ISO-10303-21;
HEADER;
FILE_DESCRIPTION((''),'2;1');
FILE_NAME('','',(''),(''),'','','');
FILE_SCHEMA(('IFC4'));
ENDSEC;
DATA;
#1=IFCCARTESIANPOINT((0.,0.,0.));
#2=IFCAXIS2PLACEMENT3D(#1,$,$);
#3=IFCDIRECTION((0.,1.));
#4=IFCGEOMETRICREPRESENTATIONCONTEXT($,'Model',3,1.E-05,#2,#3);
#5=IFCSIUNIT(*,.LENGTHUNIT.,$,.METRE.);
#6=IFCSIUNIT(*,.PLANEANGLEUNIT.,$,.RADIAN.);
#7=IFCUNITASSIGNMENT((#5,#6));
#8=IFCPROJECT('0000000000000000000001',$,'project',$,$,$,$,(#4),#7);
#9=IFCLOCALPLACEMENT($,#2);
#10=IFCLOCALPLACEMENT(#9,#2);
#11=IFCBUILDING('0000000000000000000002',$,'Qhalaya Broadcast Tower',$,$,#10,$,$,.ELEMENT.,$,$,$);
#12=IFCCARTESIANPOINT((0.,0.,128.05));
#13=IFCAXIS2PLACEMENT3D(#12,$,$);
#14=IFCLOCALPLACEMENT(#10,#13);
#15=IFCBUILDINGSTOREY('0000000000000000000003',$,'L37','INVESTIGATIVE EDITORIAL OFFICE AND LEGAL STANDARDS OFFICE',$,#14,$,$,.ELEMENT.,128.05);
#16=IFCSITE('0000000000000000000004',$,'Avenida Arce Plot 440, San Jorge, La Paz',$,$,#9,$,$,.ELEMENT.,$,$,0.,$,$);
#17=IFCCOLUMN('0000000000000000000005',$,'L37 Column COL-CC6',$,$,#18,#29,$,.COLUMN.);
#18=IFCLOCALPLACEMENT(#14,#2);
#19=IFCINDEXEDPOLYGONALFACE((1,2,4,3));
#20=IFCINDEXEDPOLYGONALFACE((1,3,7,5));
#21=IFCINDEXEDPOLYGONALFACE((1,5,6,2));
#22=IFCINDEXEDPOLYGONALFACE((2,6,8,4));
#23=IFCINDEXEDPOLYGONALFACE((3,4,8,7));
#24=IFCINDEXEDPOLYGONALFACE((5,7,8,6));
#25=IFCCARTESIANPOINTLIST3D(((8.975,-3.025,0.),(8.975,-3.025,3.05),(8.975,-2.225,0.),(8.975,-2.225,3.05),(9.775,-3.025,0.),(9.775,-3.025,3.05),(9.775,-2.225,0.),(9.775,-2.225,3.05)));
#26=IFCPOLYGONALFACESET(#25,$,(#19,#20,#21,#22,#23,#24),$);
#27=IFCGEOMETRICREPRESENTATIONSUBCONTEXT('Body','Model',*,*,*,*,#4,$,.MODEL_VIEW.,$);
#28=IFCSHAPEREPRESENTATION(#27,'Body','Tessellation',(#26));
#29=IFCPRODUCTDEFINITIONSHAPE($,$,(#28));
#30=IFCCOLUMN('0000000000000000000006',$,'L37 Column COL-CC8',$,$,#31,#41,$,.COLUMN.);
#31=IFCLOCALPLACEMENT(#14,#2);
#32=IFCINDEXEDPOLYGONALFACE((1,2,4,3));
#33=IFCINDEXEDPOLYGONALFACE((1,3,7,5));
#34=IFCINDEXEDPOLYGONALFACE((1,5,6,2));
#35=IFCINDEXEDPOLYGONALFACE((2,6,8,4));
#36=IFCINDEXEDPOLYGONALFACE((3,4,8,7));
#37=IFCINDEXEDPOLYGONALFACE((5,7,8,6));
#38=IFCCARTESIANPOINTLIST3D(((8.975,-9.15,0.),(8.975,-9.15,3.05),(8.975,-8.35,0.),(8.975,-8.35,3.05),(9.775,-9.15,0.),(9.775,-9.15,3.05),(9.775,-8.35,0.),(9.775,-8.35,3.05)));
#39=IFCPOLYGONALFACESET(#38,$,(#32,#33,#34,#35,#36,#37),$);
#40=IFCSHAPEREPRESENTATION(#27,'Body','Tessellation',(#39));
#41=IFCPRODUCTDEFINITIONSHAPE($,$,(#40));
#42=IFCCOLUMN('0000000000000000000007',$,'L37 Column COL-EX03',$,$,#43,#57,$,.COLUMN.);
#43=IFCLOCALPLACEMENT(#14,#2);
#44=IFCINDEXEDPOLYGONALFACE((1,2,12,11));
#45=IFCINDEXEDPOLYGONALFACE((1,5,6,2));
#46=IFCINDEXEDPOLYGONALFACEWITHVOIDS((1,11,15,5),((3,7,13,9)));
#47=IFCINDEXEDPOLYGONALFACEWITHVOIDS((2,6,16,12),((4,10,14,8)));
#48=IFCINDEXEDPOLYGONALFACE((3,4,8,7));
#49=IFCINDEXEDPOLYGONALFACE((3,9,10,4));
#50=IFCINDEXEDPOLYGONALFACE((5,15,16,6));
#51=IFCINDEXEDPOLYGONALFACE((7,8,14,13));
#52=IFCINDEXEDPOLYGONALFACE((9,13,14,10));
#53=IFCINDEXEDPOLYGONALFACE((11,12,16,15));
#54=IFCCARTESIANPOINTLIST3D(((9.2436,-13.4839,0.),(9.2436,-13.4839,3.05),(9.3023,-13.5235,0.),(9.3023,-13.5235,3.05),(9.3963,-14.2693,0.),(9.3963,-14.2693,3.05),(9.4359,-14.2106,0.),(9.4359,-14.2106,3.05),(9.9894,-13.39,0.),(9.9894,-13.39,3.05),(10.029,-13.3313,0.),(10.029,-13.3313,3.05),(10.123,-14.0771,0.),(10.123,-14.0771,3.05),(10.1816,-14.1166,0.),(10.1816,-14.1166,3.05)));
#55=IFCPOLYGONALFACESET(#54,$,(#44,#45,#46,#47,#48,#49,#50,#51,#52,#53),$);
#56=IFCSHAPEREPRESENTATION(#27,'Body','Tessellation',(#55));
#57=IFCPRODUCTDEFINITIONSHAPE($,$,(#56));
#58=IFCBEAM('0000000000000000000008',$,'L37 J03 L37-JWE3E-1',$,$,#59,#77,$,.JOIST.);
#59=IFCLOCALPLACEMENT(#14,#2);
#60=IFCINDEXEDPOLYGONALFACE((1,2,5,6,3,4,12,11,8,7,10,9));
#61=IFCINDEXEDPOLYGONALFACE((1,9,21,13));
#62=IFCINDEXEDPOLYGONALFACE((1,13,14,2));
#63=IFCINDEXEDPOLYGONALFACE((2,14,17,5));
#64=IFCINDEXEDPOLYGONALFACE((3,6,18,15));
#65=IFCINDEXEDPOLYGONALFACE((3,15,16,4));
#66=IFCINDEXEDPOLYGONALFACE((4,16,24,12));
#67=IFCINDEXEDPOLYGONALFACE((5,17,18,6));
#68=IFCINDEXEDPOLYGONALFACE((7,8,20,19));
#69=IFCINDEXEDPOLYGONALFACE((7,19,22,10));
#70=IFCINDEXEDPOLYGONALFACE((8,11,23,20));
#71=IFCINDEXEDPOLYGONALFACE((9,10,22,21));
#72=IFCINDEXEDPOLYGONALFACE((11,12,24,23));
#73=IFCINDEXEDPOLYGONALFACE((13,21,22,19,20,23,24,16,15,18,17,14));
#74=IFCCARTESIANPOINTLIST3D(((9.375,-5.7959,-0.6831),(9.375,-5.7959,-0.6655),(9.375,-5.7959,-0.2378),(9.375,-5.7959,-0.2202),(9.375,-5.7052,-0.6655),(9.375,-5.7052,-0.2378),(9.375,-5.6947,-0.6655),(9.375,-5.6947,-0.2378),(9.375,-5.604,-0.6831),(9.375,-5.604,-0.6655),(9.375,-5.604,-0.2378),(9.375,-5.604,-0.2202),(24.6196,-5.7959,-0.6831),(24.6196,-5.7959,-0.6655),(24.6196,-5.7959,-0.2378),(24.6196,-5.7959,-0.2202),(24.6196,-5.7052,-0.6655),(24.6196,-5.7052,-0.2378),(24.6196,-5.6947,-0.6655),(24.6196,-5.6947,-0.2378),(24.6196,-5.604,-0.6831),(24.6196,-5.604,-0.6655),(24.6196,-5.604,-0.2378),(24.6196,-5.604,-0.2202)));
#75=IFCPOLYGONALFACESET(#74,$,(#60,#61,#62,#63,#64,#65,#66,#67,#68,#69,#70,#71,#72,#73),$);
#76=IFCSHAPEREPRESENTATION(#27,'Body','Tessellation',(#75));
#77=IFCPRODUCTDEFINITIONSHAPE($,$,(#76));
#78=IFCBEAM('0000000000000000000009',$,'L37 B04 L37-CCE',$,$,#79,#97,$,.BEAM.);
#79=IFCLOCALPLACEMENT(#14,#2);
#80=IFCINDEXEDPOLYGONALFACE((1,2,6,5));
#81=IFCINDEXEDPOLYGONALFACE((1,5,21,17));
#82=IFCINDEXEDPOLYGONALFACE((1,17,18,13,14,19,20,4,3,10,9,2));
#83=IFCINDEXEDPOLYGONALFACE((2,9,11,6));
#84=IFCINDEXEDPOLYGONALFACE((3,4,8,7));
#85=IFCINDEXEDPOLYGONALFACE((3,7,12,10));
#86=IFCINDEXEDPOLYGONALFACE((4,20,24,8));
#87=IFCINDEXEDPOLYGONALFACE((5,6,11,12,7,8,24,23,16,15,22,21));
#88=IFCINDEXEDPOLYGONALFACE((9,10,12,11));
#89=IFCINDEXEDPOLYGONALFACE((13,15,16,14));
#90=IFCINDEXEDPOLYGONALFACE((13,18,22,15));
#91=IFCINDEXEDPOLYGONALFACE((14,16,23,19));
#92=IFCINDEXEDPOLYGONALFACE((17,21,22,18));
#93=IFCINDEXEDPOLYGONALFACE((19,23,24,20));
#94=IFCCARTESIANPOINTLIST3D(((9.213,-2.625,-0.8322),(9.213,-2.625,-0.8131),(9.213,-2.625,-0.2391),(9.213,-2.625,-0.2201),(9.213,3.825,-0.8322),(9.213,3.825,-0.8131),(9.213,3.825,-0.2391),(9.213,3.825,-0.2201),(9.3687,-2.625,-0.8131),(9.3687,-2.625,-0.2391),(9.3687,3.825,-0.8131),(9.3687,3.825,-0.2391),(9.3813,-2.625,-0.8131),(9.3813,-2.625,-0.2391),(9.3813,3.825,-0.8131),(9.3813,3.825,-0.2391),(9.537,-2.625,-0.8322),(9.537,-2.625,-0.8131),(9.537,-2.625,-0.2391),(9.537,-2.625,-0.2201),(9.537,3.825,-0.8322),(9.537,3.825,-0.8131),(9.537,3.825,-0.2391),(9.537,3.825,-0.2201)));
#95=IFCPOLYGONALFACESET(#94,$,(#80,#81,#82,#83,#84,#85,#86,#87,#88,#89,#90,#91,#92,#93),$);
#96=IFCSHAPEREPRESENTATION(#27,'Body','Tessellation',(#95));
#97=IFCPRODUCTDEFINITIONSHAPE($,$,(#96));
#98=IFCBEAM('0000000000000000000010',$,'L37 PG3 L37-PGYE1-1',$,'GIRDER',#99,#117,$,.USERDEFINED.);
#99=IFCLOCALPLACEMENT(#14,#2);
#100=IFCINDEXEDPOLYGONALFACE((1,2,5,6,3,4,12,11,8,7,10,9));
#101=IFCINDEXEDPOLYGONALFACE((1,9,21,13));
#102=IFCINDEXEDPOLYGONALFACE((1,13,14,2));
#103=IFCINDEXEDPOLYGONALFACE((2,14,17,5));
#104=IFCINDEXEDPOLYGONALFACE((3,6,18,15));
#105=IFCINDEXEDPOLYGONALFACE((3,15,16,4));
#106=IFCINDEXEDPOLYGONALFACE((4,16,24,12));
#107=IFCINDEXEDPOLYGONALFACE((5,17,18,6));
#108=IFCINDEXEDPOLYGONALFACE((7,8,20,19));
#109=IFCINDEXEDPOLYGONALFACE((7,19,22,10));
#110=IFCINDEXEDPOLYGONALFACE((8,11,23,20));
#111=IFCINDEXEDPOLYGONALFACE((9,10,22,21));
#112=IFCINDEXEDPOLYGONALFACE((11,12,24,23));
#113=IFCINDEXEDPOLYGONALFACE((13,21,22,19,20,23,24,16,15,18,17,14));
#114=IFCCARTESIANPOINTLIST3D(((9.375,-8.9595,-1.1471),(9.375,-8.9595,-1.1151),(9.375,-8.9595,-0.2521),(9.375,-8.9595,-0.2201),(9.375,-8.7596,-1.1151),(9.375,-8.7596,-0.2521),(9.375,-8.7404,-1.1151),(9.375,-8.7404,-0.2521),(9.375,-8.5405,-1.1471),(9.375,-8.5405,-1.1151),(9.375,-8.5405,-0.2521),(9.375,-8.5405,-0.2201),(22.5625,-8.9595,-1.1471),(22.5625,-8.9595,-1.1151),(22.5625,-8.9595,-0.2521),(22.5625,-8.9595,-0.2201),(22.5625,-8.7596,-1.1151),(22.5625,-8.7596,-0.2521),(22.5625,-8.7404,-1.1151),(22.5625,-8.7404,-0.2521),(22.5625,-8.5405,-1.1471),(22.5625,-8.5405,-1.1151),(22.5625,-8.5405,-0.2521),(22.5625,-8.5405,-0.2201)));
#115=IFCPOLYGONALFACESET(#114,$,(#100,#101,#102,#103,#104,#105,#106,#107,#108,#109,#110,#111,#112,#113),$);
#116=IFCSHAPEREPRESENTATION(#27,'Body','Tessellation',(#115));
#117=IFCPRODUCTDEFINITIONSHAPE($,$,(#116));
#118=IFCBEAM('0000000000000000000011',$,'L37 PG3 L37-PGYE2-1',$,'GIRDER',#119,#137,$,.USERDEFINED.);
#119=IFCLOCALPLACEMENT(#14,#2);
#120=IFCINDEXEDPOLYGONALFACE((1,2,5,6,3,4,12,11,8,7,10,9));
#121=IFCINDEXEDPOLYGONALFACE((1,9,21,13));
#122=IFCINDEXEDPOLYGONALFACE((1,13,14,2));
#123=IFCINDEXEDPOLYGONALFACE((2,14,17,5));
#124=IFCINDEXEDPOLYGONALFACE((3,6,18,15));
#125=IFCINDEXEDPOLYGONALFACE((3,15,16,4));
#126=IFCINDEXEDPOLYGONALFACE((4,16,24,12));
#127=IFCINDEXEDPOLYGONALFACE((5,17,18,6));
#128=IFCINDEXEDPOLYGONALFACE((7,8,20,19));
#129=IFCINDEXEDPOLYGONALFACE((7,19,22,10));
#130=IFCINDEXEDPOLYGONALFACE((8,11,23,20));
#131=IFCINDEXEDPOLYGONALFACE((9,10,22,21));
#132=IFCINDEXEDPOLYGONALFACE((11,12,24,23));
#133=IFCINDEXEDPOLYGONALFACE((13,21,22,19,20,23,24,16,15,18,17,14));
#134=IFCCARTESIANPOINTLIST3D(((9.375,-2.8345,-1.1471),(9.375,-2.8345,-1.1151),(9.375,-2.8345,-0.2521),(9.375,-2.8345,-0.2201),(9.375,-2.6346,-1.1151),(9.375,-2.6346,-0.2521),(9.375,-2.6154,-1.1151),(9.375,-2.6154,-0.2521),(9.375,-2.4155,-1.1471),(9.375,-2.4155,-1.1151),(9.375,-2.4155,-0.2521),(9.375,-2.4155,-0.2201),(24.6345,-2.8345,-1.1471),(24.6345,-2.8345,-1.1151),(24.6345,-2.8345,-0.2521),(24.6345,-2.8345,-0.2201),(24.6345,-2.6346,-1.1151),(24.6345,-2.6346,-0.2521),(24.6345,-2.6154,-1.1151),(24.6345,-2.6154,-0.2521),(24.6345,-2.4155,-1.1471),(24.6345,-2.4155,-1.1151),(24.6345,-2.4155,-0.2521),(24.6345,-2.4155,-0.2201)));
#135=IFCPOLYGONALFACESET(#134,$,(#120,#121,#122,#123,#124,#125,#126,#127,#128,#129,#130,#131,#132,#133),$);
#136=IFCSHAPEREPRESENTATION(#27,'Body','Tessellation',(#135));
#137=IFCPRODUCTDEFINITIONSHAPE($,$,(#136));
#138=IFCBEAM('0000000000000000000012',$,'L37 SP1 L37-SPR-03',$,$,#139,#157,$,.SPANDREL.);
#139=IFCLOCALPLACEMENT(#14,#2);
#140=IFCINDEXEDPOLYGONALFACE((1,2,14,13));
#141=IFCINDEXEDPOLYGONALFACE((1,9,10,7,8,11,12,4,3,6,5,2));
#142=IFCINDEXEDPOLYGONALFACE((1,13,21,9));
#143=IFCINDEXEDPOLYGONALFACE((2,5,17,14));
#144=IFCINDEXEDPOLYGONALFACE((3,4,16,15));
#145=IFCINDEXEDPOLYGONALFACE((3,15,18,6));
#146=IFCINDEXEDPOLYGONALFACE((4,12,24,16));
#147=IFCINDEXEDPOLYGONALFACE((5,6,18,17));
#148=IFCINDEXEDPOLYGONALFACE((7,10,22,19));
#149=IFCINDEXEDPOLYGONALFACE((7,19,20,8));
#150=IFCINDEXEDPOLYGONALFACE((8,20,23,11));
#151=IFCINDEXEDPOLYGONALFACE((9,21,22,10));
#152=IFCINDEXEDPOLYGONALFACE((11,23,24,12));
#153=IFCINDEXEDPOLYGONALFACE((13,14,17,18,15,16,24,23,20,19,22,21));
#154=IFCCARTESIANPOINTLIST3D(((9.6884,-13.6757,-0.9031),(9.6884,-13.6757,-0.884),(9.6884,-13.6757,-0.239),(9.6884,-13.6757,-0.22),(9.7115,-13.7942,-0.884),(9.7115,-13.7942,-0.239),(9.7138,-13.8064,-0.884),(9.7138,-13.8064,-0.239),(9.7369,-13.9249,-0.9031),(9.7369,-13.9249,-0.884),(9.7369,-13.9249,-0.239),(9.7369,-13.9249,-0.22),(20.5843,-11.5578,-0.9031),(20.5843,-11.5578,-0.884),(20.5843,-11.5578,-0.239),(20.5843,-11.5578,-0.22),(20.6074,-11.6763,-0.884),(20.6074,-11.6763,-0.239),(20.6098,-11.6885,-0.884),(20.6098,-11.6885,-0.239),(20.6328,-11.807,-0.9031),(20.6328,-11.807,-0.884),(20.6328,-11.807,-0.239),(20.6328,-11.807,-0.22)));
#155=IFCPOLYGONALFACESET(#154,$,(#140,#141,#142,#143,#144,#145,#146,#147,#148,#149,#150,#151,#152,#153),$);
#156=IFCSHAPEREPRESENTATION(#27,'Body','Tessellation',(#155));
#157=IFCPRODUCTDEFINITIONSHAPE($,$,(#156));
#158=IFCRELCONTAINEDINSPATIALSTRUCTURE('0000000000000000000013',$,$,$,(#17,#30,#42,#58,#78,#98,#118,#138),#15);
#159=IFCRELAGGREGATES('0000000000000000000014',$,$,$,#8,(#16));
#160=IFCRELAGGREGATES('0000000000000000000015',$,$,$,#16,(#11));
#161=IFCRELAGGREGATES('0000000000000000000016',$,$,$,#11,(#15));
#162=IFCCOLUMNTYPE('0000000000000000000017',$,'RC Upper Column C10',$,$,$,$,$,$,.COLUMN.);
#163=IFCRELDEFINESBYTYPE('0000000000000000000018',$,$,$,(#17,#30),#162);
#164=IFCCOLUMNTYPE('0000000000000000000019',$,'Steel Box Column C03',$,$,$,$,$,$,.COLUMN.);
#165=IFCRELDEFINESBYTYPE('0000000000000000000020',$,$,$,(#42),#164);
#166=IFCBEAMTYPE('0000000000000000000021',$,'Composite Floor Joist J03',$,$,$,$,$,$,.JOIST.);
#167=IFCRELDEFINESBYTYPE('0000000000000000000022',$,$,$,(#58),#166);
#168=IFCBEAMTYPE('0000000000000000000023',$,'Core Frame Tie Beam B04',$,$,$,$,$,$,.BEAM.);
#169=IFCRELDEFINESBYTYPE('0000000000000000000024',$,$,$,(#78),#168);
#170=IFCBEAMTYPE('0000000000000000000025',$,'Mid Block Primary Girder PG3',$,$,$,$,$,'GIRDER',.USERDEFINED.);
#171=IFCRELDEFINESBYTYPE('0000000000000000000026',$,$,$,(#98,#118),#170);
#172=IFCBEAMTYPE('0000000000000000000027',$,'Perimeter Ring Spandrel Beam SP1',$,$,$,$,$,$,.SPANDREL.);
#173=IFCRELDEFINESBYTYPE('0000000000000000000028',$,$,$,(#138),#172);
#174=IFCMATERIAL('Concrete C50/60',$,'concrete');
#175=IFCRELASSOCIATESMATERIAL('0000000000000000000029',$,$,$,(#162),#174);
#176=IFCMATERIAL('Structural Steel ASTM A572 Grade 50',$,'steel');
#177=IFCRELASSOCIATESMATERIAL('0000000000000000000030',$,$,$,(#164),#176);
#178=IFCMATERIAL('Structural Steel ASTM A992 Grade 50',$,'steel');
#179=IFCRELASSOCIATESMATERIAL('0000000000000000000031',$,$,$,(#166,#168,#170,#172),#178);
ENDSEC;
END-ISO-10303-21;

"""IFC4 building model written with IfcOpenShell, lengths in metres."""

from ifc_helpers import new_model, si_unit, direction, frame, origin, origin_2d, place, context, subcontext, project, spatial, rectangle, hollow_rectangle, i_section, extrude, material, material_profile, profile_set, type_object, element, save


model = new_model("IFC4")

# Units and contexts
model_context = context("Model", 3, precision=1e-05, world=origin(), true_north=direction((0.0, 1.0)))
body_context = subcontext(model_context, "Body", "Model", "MODEL_VIEW")
ifc_project = project(units=[si_unit("LENGTHUNIT", "METRE"), si_unit("PLANEANGLEUNIT", "RADIAN")], contexts=[model_context])

# Site, building, storey
site_placement = place(None, origin())
site = spatial("IfcSite", under=ifc_project, at=site_placement, Name="Avenida Arce Plot 440, San Jorge, La Paz", CompositionType="ELEMENT", RefElevation=0.0)
building_placement = place(site_placement, origin())
building = spatial("IfcBuilding", under=site, at=building_placement, Name="Qhalaya Broadcast Tower", CompositionType="ELEMENT")
storey_placement = place(building_placement, frame((0.0, 0.0, 128.05)))
storey = spatial("IfcBuildingStorey", under=building, at=storey_placement, Name="L37", Description="INVESTIGATIVE EDITORIAL OFFICE AND LEGAL STANDARDS OFFICE", CompositionType="ELEMENT", Elevation=128.05)

# Columns
ifc_material_1 = material(Name="Concrete C50/60", Category="concrete")
ifc_material_profile_1 = material_profile(ifc_material_1, rectangle(XDim=0.8, YDim=0.8, at=origin_2d()), Name="RC-COL 800x800")
ifc_profile_set_1 = profile_set([ifc_material_profile_1], Name="Concrete C50/60")
column_type_1 = type_object("IfcColumnType", Name="RC Upper Column C10", PredefinedType="COLUMN", material=ifc_profile_set_1)
for number, where, z_axis, x_axis, name in (
    (1, (9.375, -2.625, 0.0), (0.0, 0.0, 1.0), (1.0, 0.0, 0.0), "L37 Column COL-CC6"),
    (2, (9.375, -8.75, 0.0), (0.0, 0.0, 1.0), (1.0, 0.0, 0.0), "L37 Column COL-CC8"),
):
    element("IfcColumn", number, at=place(storey_placement, frame(where, z_axis=z_axis, x_axis=x_axis)), inside=storey, type_object=column_type_1, Name=name, PredefinedType="COLUMN", context=body_context, shape_type="SweptSolid", body=[
        extrude(rectangle(XDim=0.8, YDim=0.8, at=origin_2d()), origin(), (0.0, 0.0, 1.0), 3.05),
    ])
ifc_material_2 = material(Name="Structural Steel ASTM A572 Grade 50", Category="steel")
ifc_material_profile_2 = material_profile(ifc_material_2, hollow_rectangle(XDim=0.8, YDim=0.8, WallThickness=0.05, at=origin_2d()), Name="BOX 800x800x50")
ifc_profile_set_2 = profile_set([ifc_material_profile_2], Name="Structural Steel ASTM A572 Grade 50")
column_type_2 = type_object("IfcColumnType", Name="Steel Box Column C03", PredefinedType="COLUMN", material=ifc_profile_set_2)
column_placement = place(storey_placement, frame((9.7126, -13.8003, 0.0), z_axis=(0.0, 0.0, 1.0), x_axis=(0.981627, 0.190809, 0.0)))
element("IfcColumn", 3, at=column_placement, inside=storey, type_object=column_type_2, Name="L37 Column COL-EX03", PredefinedType="COLUMN", context=body_context, shape_type="SweptSolid", body=[
    extrude(hollow_rectangle(XDim=0.8, YDim=0.8, WallThickness=0.05, at=origin_2d()), origin(), (0.0, 0.0, 1.0), 3.05),
])

# Beams
ifc_material_3 = material(Name="Structural Steel ASTM A992 Grade 50", Category="steel")
ifc_material_profile_3 = material_profile(ifc_material_3, i_section(OverallWidth=0.1919, OverallDepth=0.4629, WebThickness=0.0105, FlangeThickness=0.0176, at=origin_2d()), Name="W18X60")
ifc_profile_set_3 = profile_set([ifc_material_profile_3], Name="Structural Steel ASTM A992 Grade 50")
beam_type_1 = type_object("IfcBeamType", Name="Composite Floor Joist J03", PredefinedType="JOIST", material=ifc_profile_set_3)
beam_1_placement = place(storey_placement, frame((9.375, -5.7, -0.4517), z_axis=(1.0, 0.0, 0.0), x_axis=(0.0, 1.0, 0.0)))
element("IfcBeam", 4, at=beam_1_placement, inside=storey, type_object=beam_type_1, Name="L37 J03 L37-JWE3E-1", PredefinedType="JOIST", context=body_context, shape_type="SweptSolid", body=[
    extrude(i_section(OverallWidth=0.1919, OverallDepth=0.4629, WebThickness=0.0105, FlangeThickness=0.0176, at=origin_2d()), origin(), (0.0, 0.0, 1.0), 15.2446),
])
ifc_material_profile_4 = material_profile(ifc_material_3, i_section(OverallWidth=0.324, OverallDepth=0.6121, WebThickness=0.0127, FlangeThickness=0.019, at=origin_2d()), Name="W24X104")
ifc_profile_set_4 = profile_set([ifc_material_profile_4], Name="Structural Steel ASTM A992 Grade 50")
beam_type_2 = type_object("IfcBeamType", Name="Core Frame Tie Beam B04", PredefinedType="BEAM", material=ifc_profile_set_4)
beam_2_placement = place(storey_placement, frame((9.375, -2.625, -0.5261), z_axis=(0.0, 1.0, 0.0), x_axis=(-1.0, 0.0, 0.0)))
element("IfcBeam", 5, at=beam_2_placement, inside=storey, type_object=beam_type_2, Name="L37 B04 L37-CCE", PredefinedType="BEAM", context=body_context, shape_type="SweptSolid", body=[
    extrude(i_section(OverallWidth=0.324, OverallDepth=0.6121, WebThickness=0.0127, FlangeThickness=0.019, at=origin_2d()), origin(), (0.0, 0.0, 1.0), 6.45),
])
ifc_material_profile_5 = material_profile(ifc_material_3, i_section(OverallWidth=0.4189, OverallDepth=0.927, WebThickness=0.0193, FlangeThickness=0.032, at=origin_2d()), Name="W36X231")
ifc_profile_set_5 = profile_set([ifc_material_profile_5], Name="Structural Steel ASTM A992 Grade 50")
beam_type_3 = type_object("IfcBeamType", Name="Mid Block Primary Girder PG3", ElementType="GIRDER", PredefinedType="USERDEFINED", material=ifc_profile_set_5)
beam_3_placement = place(storey_placement, frame((9.375, -8.75, -0.6836), z_axis=(1.0, 0.0, 0.0), x_axis=(0.0, 1.0, 0.0)))
element("IfcBeam", 6, at=beam_3_placement, inside=storey, type_object=beam_type_3, Name="L37 PG3 L37-PGYE1-1", ObjectType="GIRDER", PredefinedType="USERDEFINED", context=body_context, shape_type="SweptSolid", body=[
    extrude(i_section(OverallWidth=0.4189, OverallDepth=0.927, WebThickness=0.0193, FlangeThickness=0.032, at=origin_2d()), origin(), (0.0, 0.0, 1.0), 13.1875),
])
beam_4_placement = place(storey_placement, frame((9.375, -2.625, -0.6836), z_axis=(1.0, 0.0, 0.0), x_axis=(0.0, 1.0, 0.0)))
element("IfcBeam", 7, at=beam_4_placement, inside=storey, type_object=beam_type_3, Name="L37 PG3 L37-PGYE2-1", ObjectType="GIRDER", PredefinedType="USERDEFINED", context=body_context, shape_type="SweptSolid", body=[
    extrude(i_section(OverallWidth=0.4189, OverallDepth=0.927, WebThickness=0.0193, FlangeThickness=0.032, at=origin_2d()), origin(), (0.0, 0.0, 1.0), 15.2595),
])
ifc_material_profile_6 = material_profile(ifc_material_3, i_section(OverallWidth=0.2539, OverallDepth=0.6831, WebThickness=0.0125, FlangeThickness=0.019, at=origin_2d()), Name="W27X94")
ifc_profile_set_6 = profile_set([ifc_material_profile_6], Name="Structural Steel ASTM A992 Grade 50")
beam_type_4 = type_object("IfcBeamType", Name="Perimeter Ring Spandrel Beam SP1", PredefinedType="SPANDREL", material=ifc_profile_set_6)
beam_5_placement = place(storey_placement, frame((9.7126, -13.8003, -0.5615), z_axis=(0.981628, 0.190805, 0.0), x_axis=(-0.190805, 0.981628, 0.0)))
element("IfcBeam", 8, at=beam_5_placement, inside=storey, type_object=beam_type_4, Name="L37 SP1 L37-SPR-03", PredefinedType="SPANDREL", context=body_context, shape_type="SweptSolid", body=[
    extrude(i_section(OverallWidth=0.2539, OverallDepth=0.6831, WebThickness=0.0125, FlangeThickness=0.019, at=origin_2d()), origin(), (0.0, 0.0, 1.0), 11.0999),
])

save(model, "model.ifc")
